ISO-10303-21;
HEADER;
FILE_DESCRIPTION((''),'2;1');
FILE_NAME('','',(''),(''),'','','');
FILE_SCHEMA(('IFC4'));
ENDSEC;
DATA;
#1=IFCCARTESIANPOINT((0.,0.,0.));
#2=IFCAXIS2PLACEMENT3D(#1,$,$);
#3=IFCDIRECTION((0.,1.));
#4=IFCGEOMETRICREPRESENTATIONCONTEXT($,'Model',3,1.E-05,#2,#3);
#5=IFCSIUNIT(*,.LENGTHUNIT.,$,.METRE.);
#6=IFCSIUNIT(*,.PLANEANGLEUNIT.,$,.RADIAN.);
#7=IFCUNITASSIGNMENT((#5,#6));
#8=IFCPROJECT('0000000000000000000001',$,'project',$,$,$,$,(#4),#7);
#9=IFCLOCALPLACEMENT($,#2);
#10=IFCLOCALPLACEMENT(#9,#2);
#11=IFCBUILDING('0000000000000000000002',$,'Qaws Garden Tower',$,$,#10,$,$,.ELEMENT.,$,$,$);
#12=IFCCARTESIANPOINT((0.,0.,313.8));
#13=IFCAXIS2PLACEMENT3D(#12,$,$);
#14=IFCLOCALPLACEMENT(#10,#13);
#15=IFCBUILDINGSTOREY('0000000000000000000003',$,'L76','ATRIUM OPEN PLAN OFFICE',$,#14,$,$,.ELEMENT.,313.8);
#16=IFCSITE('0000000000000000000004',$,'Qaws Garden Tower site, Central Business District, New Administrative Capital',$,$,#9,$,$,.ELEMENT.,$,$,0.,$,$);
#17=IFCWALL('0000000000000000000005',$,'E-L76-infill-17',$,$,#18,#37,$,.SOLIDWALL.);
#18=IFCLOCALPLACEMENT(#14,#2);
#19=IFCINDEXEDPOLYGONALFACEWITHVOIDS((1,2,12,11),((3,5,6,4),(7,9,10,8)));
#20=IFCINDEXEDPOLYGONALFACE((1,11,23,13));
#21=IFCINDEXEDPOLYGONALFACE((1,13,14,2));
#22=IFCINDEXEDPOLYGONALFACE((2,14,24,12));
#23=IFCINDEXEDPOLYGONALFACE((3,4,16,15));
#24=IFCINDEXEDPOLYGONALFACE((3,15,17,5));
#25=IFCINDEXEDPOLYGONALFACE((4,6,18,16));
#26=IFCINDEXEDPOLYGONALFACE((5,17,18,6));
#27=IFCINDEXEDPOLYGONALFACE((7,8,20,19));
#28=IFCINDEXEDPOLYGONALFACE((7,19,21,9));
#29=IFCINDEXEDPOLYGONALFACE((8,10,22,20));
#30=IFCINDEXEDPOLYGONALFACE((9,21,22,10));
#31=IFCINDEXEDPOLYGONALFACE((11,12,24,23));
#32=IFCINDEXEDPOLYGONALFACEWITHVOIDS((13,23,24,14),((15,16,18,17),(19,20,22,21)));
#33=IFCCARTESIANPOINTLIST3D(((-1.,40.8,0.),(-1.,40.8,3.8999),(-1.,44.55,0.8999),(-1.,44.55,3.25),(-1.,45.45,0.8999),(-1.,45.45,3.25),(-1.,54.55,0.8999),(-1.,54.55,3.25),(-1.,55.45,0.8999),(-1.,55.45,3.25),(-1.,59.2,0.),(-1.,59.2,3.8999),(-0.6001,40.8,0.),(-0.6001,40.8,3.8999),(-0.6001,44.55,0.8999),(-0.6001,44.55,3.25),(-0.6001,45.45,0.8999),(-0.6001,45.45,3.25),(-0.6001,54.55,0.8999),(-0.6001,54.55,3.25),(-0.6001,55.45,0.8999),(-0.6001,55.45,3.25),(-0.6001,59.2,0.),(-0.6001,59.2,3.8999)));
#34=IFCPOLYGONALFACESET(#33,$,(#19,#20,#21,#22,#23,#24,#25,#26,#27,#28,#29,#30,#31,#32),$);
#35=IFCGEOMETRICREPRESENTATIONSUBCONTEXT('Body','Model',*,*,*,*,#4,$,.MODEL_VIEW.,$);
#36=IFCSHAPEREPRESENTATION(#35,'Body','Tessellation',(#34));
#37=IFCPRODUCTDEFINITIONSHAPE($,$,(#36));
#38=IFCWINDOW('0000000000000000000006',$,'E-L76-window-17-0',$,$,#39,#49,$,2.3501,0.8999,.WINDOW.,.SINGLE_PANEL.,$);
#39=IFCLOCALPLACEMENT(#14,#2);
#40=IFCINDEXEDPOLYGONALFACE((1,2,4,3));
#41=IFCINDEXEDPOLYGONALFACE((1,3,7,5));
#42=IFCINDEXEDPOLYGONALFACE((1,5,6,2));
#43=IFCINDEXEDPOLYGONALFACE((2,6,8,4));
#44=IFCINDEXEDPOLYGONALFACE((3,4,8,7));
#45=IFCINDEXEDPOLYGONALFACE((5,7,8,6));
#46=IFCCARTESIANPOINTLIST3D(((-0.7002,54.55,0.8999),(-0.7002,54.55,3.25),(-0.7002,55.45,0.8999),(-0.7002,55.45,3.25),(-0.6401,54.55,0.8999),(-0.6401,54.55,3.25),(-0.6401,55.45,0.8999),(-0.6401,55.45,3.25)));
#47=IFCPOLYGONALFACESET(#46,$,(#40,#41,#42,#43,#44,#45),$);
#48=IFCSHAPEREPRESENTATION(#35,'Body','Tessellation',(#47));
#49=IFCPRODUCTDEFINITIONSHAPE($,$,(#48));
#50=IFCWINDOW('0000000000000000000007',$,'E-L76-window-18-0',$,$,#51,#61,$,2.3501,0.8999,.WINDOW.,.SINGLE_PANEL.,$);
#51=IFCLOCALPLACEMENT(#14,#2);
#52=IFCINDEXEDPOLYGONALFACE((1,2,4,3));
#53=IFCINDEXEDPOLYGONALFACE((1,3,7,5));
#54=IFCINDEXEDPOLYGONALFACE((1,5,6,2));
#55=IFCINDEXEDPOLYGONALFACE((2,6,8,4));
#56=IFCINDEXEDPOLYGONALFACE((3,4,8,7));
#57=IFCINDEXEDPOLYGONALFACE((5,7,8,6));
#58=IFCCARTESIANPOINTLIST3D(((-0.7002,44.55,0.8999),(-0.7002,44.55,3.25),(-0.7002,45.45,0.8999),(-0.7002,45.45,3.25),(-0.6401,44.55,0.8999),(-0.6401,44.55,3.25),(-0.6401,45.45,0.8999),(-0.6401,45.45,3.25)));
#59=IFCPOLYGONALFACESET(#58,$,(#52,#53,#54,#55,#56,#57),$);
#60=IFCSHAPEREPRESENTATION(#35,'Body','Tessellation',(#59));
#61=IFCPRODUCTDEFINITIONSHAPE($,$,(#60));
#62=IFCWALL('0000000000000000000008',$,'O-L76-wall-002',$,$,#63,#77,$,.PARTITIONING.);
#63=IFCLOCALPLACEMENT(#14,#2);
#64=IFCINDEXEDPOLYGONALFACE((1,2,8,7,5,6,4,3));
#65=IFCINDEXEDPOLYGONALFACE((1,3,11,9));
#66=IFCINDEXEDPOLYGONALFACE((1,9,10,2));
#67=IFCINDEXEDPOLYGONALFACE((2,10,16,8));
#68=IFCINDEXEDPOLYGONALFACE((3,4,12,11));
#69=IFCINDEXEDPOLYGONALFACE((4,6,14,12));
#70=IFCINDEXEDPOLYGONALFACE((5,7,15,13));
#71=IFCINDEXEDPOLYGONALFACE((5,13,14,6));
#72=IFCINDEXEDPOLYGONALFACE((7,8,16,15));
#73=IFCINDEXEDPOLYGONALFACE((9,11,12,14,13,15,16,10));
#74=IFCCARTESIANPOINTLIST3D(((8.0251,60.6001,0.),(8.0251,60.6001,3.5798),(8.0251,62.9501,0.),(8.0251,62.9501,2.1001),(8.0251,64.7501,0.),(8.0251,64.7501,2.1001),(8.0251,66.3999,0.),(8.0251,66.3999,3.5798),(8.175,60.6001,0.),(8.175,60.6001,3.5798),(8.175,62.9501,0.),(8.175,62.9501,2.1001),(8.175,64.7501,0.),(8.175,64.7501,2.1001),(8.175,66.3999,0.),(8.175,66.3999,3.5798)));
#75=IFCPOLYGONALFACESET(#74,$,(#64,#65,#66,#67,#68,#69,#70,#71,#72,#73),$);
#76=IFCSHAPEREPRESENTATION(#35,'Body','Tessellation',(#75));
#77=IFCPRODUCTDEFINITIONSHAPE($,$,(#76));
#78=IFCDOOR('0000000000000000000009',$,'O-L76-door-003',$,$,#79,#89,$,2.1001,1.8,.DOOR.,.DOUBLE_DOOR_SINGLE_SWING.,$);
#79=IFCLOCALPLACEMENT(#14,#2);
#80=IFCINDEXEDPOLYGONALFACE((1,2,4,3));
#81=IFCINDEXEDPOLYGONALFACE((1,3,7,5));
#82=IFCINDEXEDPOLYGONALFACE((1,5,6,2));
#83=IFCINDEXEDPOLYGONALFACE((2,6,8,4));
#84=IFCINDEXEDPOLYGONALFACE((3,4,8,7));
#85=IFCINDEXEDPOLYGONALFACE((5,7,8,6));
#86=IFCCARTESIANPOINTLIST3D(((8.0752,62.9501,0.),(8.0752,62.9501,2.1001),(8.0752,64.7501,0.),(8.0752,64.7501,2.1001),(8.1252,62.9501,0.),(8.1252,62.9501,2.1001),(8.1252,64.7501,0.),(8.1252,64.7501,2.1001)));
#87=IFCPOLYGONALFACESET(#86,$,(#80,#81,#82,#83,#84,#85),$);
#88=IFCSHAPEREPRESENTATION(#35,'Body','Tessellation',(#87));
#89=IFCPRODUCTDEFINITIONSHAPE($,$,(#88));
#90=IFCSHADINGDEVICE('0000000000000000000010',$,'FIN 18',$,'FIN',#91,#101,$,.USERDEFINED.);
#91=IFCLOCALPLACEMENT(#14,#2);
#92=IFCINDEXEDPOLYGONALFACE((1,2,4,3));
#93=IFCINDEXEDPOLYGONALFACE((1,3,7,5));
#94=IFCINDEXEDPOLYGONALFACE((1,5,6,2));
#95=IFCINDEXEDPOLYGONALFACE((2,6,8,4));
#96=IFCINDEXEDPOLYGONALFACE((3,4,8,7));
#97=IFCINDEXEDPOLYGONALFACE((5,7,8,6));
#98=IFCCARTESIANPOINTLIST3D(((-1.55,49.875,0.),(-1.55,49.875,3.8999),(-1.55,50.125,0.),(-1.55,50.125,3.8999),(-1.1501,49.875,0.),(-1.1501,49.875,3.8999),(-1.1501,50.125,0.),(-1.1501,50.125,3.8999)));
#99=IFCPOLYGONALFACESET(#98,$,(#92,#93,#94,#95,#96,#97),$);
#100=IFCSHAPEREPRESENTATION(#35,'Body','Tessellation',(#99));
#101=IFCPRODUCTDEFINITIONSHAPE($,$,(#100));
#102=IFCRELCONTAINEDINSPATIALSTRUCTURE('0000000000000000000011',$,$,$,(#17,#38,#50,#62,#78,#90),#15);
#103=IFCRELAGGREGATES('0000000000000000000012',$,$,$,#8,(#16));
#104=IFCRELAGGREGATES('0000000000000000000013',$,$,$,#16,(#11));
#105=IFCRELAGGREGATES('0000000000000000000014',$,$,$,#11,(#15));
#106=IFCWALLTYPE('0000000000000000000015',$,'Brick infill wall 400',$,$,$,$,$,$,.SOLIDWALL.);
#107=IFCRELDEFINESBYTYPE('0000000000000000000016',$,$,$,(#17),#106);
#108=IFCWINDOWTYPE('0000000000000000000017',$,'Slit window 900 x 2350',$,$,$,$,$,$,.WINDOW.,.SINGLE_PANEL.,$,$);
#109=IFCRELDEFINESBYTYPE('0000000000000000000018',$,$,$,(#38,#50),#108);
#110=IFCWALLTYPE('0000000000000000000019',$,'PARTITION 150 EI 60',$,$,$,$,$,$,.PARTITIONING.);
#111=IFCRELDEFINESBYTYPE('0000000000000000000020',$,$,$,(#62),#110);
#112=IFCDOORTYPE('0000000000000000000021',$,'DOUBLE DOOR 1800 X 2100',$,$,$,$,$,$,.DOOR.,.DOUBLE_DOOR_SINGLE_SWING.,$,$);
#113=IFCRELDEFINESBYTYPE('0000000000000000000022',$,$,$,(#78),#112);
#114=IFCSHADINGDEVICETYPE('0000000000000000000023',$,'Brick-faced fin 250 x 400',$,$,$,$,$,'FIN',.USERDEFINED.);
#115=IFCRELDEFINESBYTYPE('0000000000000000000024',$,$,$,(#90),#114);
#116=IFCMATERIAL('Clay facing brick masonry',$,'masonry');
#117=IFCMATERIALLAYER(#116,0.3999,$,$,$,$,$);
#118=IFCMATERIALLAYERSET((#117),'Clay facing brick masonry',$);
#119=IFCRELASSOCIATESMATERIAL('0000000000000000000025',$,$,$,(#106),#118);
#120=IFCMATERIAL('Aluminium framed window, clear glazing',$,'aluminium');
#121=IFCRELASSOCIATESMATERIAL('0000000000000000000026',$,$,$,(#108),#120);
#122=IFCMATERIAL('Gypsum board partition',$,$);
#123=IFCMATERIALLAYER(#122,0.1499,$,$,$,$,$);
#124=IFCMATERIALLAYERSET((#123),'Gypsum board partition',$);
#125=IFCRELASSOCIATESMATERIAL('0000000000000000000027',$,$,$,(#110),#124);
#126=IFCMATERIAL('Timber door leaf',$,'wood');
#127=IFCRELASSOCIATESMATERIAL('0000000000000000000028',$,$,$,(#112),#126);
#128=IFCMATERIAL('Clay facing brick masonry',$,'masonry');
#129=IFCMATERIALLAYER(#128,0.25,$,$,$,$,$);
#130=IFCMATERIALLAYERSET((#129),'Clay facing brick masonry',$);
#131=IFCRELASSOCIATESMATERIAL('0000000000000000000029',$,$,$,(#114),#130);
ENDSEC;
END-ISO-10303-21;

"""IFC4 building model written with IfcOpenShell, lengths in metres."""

from ifc_helpers import new_model, si_unit, direction, frame, frame_2d, origin, origin_2d, place, context, subcontext, project, spatial, rectangle, extrude, material, layer, layer_set, type_object, element, fill, save


model = new_model("IFC4")

# Units and contexts
model_context = context("Model", 3, precision=1e-05, world=origin(), true_north=direction((0.0, 1.0)))
body_context = subcontext(model_context, "Body", "Model", "MODEL_VIEW")
ifc_project = project(units=[si_unit("LENGTHUNIT", "METRE"), si_unit("PLANEANGLEUNIT", "RADIAN")], contexts=[model_context])

# Site, building, storey
site_placement = place(None, origin())
site = spatial("IfcSite", under=ifc_project, at=site_placement, Name="Qaws Garden Tower site, Central Business District, New Administrative Capital", CompositionType="ELEMENT", RefElevation=0.0)
building_placement = place(site_placement, origin())
building = spatial("IfcBuilding", under=site, at=building_placement, Name="Qaws Garden Tower", CompositionType="ELEMENT")
storey_placement = place(building_placement, frame((0.0, 0.0, 313.8)))
storey = spatial("IfcBuildingStorey", under=building, at=storey_placement, Name="L76", Description="ATRIUM OPEN PLAN OFFICE", CompositionType="ELEMENT", Elevation=313.8)

# Shared definitions
ifc_material_1 = material(Name="Clay facing brick masonry", Category="masonry")
ifc_layer_1 = layer(ifc_material_1, 0.3999)
ifc_layer_set_1 = layer_set([ifc_layer_1], Name="Clay facing brick masonry")
wall_type_1 = type_object("IfcWallType", Name="Brick infill wall 400", PredefinedType="SOLIDWALL", material=ifc_layer_set_1)

# Wall, openings, windows
wall_1_placement = place(storey_placement, frame((-0.8, 59.2, 0.0), z_axis=(0.0, 0.0, 1.0), x_axis=(0.0, -1.0, 0.0)))
wall_1 = element("IfcWall", 1, at=wall_1_placement, inside=storey, type_object=wall_type_1, Name="E-L76-infill-17", PredefinedType="SOLIDWALL", context=body_context, shape_type="SweptSolid", body=[
    extrude(rectangle(XDim=18.3999, YDim=0.3999, at=frame_2d((9.2, 0.0))), origin(), (0.0, 0.0, 1.0), 3.8999),
])
opening_1_placement = place(wall_1_placement, frame((3.75, 0.0, 0.8999)))
opening_1 = element("IfcOpeningElement", 2, at=opening_1_placement, cuts=wall_1, PredefinedType="OPENING", context=body_context, shape_type="SweptSolid", body=[
    extrude(rectangle(XDim=0.8999, YDim=2.3501, at=frame_2d((0.45, 1.175))), frame((0.0, 0.21, 0.0), z_axis=(0.0, -1.0, 0.0), x_axis=(1.0, 0.0, 0.0)), (0.0, 0.0, 1.0), 0.4199),
])
opening_2_placement = place(wall_1_placement, frame((13.75, 0.0, 0.8999)))
opening_2 = element("IfcOpeningElement", 3, at=opening_2_placement, cuts=wall_1, PredefinedType="OPENING", context=body_context, shape_type="SweptSolid", body=[
    extrude(rectangle(XDim=0.8999, YDim=2.3501, at=frame_2d((0.45, 1.175))), frame((0.0, 0.21, 0.0), z_axis=(0.0, -1.0, 0.0), x_axis=(1.0, 0.0, 0.0)), (0.0, 0.0, 1.0), 0.4199),
])
ifc_material_2 = material(Name="Aluminium framed window, clear glazing", Category="aluminium")
window_type_1 = type_object("IfcWindowType", Name="Slit window 900 x 2350", PartitioningType="SINGLE_PANEL", PredefinedType="WINDOW", material=ifc_material_2)
window_1_placement = place(opening_1_placement, origin())
window_1 = element("IfcWindow", 4, at=window_1_placement, inside=storey, type_object=window_type_1, Name="E-L76-window-17-0", OverallHeight=2.3501, OverallWidth=0.8999, PartitioningType="SINGLE_PANEL", PredefinedType="WINDOW", context=body_context, shape_type="SweptSolid", body=[
    extrude(rectangle(XDim=0.8999, YDim=2.3501, at=frame_2d((0.45, 1.175))), frame((0.0, 0.1599, 0.0), z_axis=(0.0, -1.0, 0.0), x_axis=(1.0, 0.0, 0.0)), (0.0, 0.0, 1.0), 0.0601),
])
fill(opening_1, window_1)
window_2_placement = place(opening_2_placement, origin())
window_2 = element("IfcWindow", 5, at=window_2_placement, inside=storey, type_object=window_type_1, Name="E-L76-window-18-0", OverallHeight=2.3501, OverallWidth=0.8999, PartitioningType="SINGLE_PANEL", PredefinedType="WINDOW", context=body_context, shape_type="SweptSolid", body=[
    extrude(rectangle(XDim=0.8999, YDim=2.3501, at=frame_2d((0.45, 1.175))), frame((0.0, 0.1599, 0.0), z_axis=(0.0, -1.0, 0.0), x_axis=(1.0, 0.0, 0.0)), (0.0, 0.0, 1.0), 0.0601),
])
fill(opening_2, window_2)

# Wall, opening, door
ifc_material_3 = material(Name="Gypsum board partition")
ifc_layer_2 = layer(ifc_material_3, 0.1499)
ifc_layer_set_2 = layer_set([ifc_layer_2], Name="Gypsum board partition")
wall_type_2 = type_object("IfcWallType", Name="PARTITION 150 EI 60", PredefinedType="PARTITIONING", material=ifc_layer_set_2)
wall_2_placement = place(storey_placement, frame((8.1001, 60.6001, 0.0), z_axis=(0.0, 0.0, 1.0), x_axis=(0.0, 1.0, 0.0)))
wall_2 = element("IfcWall", 6, at=wall_2_placement, inside=storey, type_object=wall_type_2, Name="O-L76-wall-002", PredefinedType="PARTITIONING", context=body_context, shape_type="SweptSolid", body=[
    extrude(rectangle(XDim=5.7998, YDim=0.1499, at=frame_2d((2.8999, 0.0))), origin(), (0.0, 0.0, 1.0), 3.5798),
])
opening_3_placement = place(wall_2_placement, frame((2.3501, 0.0, 0.0)))
opening_3 = element("IfcOpeningElement", 7, at=opening_3_placement, cuts=wall_2, PredefinedType="OPENING", context=body_context, shape_type="SweptSolid", body=[
    extrude(rectangle(XDim=1.8, YDim=2.1001, at=frame_2d((0.8999, 1.05))), frame((0.0, 0.085, 0.0), z_axis=(0.0, -1.0, 0.0), x_axis=(1.0, 0.0, 0.0)), (0.0, 0.0, 1.0), 0.1699),
])
ifc_material_4 = material(Name="Timber door leaf", Category="wood")
door_type = type_object("IfcDoorType", Name="DOUBLE DOOR 1800 X 2100", OperationType="DOUBLE_DOOR_SINGLE_SWING", PredefinedType="DOOR", material=ifc_material_4)
door_placement = place(opening_3_placement, origin())
door = element("IfcDoor", 8, at=door_placement, inside=storey, type_object=door_type, Name="O-L76-door-003", OperationType="DOUBLE_DOOR_SINGLE_SWING", OverallHeight=2.1001, OverallWidth=1.8, PredefinedType="DOOR", context=body_context, shape_type="SweptSolid", body=[
    extrude(rectangle(XDim=1.8, YDim=2.1001, at=frame_2d((0.8999, 1.05))), frame((0.0, 0.0249, 0.0), z_axis=(0.0, -1.0, 0.0), x_axis=(1.0, 0.0, 0.0)), (0.0, 0.0, 1.0), 0.05),
])
fill(opening_3, door)

# Shading device
ifc_material_5 = material(Name="Clay facing brick masonry", Category="masonry")
ifc_layer_3 = layer(ifc_material_5, 0.25)
ifc_layer_set_3 = layer_set([ifc_layer_3], Name="Clay facing brick masonry")
shading_device_type = type_object("IfcShadingDeviceType", Name="Brick-faced fin 250 x 400", ElementType="FIN", PredefinedType="USERDEFINED", material=ifc_layer_set_3)
shading_device_placement = place(storey_placement, frame((-1.3501, 50.0, 0.0), z_axis=(0.0, 0.0, 1.0), x_axis=(0.0, -1.0, 0.0)))
element("IfcShadingDevice", 9, at=shading_device_placement, inside=storey, type_object=shading_device_type, Name="FIN 18", ObjectType="FIN", PredefinedType="USERDEFINED", context=body_context, shape_type="SweptSolid", body=[
    extrude(rectangle(XDim=0.25, YDim=0.3999, at=origin_2d()), origin(), (0.0, 0.0, 1.0), 3.8999),
])

save(model, "model.ifc")
